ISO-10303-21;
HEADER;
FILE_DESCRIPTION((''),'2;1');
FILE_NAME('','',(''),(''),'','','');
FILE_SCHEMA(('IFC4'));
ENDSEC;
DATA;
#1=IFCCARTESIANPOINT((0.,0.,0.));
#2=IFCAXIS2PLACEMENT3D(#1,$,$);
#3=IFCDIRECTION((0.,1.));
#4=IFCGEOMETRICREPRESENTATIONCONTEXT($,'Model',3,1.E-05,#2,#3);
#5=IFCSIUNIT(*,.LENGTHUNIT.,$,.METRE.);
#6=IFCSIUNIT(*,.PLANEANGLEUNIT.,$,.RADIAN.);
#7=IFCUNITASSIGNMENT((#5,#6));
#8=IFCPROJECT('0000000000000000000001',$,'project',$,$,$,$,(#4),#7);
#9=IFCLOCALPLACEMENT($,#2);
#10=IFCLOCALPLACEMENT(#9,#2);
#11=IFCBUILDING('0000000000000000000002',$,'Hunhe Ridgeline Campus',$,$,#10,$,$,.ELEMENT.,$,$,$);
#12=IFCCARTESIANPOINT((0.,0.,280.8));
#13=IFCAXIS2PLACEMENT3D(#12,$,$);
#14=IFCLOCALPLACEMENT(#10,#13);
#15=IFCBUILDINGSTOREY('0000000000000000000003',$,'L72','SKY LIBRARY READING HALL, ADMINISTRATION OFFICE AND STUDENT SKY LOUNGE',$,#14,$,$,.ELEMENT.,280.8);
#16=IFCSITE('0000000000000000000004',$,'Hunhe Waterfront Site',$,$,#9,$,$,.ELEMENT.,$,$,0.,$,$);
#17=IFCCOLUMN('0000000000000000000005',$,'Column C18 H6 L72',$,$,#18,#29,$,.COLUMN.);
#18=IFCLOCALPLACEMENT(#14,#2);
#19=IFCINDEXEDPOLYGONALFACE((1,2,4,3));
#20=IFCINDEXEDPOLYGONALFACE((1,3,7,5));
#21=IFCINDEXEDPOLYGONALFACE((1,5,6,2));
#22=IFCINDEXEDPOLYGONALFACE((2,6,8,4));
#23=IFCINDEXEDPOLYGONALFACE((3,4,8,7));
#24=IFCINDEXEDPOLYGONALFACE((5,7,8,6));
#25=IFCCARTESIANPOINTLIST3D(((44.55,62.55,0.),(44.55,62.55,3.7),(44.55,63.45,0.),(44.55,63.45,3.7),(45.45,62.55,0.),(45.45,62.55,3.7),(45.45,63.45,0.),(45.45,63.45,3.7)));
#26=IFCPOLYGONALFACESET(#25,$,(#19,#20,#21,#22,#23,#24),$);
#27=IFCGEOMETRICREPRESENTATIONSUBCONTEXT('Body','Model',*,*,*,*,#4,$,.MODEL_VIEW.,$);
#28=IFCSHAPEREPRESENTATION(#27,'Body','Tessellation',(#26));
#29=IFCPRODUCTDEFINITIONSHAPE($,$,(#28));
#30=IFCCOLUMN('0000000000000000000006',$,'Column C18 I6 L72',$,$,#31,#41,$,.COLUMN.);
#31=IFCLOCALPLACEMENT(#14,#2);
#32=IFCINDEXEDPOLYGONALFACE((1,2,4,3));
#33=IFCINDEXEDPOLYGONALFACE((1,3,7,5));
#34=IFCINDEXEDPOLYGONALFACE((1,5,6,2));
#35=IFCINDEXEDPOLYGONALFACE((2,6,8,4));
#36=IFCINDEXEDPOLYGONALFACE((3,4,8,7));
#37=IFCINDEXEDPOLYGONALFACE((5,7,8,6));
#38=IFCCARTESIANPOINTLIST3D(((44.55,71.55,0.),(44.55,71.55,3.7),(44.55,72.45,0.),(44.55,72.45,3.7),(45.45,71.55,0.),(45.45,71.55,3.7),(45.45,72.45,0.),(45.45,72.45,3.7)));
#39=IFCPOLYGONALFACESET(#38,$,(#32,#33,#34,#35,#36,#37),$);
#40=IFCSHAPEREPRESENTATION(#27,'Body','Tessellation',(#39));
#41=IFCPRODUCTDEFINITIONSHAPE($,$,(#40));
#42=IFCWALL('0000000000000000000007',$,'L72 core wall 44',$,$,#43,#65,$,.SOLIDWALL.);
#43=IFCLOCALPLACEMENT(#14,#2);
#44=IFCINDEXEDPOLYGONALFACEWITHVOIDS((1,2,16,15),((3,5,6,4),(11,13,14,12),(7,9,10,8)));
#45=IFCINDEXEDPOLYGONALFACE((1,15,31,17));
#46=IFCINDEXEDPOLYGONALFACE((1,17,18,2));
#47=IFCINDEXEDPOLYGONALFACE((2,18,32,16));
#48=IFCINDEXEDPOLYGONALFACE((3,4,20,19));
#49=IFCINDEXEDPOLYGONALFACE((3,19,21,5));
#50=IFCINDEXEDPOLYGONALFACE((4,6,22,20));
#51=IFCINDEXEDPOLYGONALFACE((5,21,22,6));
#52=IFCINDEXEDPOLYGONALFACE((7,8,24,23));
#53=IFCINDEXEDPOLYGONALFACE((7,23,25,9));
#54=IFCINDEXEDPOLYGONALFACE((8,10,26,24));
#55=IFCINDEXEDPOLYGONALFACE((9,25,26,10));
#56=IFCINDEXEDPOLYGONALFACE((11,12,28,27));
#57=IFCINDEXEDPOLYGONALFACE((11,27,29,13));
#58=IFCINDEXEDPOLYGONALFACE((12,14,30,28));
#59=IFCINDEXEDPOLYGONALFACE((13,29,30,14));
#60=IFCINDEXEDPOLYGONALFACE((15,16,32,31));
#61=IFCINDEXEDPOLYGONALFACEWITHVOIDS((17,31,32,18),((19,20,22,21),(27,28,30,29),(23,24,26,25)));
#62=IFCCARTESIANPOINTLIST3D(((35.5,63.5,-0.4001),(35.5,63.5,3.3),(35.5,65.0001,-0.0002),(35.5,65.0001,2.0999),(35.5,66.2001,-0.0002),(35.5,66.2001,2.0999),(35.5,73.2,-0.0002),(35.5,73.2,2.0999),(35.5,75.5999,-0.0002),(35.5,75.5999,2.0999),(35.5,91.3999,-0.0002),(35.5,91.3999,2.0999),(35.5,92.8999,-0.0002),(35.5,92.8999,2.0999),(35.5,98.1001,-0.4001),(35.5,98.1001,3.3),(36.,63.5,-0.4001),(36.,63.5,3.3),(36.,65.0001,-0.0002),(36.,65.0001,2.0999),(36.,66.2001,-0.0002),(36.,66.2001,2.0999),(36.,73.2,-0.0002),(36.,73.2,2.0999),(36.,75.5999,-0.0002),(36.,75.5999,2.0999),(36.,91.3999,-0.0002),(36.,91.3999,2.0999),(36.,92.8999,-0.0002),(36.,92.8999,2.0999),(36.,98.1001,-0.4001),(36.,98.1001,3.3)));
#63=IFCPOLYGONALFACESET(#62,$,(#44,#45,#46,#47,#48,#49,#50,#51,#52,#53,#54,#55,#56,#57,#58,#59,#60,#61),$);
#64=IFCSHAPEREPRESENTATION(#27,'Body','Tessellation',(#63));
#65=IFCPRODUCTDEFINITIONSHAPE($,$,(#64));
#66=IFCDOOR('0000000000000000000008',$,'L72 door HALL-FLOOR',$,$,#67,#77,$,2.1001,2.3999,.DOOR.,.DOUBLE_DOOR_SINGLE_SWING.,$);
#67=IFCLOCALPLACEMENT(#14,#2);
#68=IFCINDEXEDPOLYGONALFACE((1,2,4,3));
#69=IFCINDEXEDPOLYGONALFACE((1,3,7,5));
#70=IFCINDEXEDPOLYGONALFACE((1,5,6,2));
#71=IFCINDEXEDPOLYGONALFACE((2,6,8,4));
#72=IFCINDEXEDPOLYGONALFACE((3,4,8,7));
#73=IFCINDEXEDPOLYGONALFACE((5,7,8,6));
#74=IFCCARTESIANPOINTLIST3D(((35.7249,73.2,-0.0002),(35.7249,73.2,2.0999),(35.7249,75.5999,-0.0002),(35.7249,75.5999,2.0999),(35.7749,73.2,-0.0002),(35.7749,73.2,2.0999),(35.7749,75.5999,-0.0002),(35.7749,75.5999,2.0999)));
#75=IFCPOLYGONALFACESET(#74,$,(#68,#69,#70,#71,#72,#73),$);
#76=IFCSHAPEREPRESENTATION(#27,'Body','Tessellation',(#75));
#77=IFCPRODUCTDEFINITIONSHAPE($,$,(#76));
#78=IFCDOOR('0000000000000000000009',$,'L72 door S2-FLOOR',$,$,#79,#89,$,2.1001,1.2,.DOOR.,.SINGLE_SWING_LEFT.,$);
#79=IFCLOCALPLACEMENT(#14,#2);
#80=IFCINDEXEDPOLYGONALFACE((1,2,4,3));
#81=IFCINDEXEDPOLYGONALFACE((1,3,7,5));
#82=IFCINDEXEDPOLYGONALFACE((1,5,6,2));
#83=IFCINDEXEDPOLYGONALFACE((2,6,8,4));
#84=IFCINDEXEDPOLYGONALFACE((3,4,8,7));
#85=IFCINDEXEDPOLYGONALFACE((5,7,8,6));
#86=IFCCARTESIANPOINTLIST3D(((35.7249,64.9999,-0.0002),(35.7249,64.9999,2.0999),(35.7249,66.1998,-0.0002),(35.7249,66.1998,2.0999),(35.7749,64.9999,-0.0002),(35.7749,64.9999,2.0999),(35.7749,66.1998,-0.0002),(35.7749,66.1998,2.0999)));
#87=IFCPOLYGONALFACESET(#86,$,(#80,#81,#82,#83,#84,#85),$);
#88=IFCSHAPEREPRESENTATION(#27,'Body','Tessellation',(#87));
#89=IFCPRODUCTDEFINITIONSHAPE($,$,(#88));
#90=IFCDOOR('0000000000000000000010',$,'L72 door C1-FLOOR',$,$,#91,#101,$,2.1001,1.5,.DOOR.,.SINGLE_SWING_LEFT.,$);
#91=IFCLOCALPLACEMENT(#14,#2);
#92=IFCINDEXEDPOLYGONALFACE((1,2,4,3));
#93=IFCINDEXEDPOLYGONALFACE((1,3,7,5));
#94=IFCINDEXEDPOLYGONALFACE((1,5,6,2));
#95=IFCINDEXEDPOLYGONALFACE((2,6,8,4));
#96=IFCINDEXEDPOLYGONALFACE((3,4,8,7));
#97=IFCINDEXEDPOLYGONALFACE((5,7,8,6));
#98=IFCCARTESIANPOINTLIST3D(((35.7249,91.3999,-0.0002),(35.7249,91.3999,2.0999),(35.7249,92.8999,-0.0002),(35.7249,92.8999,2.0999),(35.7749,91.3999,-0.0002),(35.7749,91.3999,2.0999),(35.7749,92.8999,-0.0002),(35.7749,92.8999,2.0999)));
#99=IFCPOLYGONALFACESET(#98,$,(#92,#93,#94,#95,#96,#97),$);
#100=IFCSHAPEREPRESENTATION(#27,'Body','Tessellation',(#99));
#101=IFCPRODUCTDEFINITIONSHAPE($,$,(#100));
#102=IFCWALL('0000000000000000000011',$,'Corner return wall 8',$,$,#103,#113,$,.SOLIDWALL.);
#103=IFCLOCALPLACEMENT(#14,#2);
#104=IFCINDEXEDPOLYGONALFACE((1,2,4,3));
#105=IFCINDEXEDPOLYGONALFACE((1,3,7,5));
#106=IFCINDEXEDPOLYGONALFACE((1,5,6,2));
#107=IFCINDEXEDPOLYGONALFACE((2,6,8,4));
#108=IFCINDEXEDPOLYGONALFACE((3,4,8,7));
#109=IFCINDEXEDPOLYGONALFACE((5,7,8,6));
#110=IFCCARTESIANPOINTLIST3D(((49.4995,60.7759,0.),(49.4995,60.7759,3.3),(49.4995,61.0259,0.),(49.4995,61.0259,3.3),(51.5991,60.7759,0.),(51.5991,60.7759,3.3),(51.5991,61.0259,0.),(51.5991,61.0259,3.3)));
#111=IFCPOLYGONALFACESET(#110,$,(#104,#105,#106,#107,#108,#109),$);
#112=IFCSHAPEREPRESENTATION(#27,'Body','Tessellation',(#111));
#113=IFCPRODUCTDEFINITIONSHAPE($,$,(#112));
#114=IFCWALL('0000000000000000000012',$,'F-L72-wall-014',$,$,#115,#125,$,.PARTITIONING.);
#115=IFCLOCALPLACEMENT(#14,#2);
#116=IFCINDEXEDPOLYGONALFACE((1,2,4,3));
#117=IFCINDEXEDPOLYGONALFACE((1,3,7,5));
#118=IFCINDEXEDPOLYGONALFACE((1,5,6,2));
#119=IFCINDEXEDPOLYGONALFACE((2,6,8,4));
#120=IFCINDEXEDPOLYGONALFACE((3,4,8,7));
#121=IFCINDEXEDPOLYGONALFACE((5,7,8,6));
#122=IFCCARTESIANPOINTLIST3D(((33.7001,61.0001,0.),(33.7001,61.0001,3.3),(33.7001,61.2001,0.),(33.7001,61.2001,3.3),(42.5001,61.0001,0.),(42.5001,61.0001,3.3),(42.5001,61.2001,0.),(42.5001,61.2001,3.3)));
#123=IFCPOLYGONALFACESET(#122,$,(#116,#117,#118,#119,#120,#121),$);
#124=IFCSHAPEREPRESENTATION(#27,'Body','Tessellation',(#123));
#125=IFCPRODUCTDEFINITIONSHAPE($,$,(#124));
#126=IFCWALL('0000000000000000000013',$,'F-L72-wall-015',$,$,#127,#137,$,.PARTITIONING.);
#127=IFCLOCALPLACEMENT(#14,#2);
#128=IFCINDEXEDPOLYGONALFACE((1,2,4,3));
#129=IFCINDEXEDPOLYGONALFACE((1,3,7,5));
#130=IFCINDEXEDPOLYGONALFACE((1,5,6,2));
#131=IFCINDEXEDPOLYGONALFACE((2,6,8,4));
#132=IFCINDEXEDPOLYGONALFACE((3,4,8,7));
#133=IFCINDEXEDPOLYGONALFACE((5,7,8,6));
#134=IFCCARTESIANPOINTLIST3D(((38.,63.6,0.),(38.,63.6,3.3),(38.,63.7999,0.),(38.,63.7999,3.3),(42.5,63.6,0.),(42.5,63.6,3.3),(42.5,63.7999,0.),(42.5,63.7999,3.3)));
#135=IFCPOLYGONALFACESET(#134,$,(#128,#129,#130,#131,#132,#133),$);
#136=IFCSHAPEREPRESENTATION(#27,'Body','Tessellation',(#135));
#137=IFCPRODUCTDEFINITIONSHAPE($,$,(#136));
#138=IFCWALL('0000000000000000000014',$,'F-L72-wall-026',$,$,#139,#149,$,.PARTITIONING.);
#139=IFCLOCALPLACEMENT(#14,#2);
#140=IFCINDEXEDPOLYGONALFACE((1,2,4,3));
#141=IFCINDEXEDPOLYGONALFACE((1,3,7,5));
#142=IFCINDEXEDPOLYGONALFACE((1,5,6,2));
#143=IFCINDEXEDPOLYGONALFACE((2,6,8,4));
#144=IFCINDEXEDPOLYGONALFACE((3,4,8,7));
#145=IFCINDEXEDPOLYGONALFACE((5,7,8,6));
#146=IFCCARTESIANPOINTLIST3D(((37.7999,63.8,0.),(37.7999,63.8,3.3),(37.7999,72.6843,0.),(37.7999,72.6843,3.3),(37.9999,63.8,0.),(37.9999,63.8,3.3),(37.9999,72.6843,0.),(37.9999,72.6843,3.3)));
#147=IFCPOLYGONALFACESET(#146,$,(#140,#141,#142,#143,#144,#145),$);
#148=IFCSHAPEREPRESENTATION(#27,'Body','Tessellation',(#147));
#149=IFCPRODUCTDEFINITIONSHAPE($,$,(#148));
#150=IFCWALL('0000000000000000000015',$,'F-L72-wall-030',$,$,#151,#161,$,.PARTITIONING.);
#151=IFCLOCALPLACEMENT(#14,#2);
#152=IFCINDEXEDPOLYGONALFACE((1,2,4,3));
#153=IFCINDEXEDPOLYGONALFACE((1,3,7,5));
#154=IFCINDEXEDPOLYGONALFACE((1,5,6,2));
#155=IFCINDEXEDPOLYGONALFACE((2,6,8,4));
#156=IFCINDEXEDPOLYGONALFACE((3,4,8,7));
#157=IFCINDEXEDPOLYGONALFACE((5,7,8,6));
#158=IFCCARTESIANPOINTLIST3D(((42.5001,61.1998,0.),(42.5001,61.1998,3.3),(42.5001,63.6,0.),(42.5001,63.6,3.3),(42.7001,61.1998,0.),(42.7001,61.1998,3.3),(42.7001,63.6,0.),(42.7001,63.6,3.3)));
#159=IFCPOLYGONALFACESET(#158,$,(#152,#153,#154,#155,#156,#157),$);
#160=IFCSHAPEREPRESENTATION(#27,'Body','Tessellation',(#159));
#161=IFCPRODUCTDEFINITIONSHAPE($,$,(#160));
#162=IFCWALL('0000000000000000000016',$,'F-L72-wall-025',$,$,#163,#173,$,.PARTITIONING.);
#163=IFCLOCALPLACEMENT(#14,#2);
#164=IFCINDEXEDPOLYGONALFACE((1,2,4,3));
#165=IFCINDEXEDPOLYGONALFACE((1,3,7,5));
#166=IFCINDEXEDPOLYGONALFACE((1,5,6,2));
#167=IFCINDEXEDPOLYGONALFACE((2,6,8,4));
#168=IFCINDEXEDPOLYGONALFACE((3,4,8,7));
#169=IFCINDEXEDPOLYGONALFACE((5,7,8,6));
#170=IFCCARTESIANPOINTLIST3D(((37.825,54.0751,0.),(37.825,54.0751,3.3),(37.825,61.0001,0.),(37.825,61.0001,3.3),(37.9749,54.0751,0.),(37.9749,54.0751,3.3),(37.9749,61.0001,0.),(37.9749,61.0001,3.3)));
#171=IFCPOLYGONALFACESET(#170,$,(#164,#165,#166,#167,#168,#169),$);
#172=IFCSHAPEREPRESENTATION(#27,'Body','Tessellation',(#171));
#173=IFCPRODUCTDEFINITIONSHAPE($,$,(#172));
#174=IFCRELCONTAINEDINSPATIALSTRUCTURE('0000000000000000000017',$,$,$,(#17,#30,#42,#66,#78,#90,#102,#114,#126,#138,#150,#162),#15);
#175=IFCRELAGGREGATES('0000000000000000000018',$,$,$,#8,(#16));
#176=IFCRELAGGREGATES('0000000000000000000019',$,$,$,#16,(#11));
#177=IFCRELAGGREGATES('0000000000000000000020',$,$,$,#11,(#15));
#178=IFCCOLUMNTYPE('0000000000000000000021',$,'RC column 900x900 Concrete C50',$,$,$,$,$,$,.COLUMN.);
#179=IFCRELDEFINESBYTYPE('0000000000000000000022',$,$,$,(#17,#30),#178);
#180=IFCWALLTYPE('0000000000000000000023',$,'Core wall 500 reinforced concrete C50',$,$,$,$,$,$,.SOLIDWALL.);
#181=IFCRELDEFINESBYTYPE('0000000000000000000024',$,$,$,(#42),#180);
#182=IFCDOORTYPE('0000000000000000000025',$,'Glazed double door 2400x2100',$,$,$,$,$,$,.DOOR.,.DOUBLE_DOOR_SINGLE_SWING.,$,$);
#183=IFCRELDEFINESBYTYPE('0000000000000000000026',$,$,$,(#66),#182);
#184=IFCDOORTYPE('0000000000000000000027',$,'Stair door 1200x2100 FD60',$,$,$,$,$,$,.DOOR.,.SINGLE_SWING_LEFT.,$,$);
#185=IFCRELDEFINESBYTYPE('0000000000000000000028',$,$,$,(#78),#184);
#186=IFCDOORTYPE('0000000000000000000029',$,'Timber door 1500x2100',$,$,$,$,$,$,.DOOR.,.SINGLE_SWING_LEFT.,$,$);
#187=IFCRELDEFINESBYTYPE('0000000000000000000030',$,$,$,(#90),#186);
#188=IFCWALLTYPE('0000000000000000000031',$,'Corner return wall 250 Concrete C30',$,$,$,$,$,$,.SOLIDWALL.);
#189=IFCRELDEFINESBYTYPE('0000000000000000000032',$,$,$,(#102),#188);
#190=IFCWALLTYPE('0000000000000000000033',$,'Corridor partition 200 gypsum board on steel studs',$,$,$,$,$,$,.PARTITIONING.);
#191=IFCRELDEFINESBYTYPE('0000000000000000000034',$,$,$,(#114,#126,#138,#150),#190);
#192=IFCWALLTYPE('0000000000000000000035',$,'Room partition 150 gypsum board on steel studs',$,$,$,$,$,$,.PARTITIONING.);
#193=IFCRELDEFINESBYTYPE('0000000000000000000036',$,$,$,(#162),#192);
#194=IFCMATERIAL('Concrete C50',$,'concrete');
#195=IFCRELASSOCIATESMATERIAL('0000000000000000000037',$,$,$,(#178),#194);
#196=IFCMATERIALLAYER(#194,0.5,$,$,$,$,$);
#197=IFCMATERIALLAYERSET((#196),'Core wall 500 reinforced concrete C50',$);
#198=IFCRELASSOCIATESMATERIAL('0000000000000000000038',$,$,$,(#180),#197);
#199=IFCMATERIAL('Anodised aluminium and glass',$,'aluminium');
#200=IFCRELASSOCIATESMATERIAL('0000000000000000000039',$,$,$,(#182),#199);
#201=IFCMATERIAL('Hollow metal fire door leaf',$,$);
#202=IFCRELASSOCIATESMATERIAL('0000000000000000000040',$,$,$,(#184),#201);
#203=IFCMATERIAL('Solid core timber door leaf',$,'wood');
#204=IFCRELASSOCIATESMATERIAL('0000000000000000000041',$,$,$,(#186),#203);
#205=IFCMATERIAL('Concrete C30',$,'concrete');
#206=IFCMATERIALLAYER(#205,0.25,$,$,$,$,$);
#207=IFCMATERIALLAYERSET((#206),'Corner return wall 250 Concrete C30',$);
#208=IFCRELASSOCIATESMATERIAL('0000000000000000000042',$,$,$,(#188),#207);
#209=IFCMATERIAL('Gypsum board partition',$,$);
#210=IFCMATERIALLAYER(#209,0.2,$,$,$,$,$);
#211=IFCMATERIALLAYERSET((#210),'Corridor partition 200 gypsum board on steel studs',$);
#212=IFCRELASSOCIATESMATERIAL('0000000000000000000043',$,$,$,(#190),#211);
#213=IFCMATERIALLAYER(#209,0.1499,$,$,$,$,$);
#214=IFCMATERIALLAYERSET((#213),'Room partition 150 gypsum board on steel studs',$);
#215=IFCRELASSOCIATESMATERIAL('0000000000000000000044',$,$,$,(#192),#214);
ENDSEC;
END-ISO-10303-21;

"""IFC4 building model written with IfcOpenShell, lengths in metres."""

from ifc_helpers import new_model, si_unit, direction, frame, frame_2d, origin, origin_2d, place, context, subcontext, project, spatial, rectangle, extrude, material, layer, layer_set, material_profile, profile_set, type_object, element, fill, save


model = new_model("IFC4")

# Units and contexts
model_context = context("Model", 3, precision=1e-05, world=origin(), true_north=direction((0.0, 1.0)))
body_context = subcontext(model_context, "Body", "Model", "MODEL_VIEW")
ifc_project = project(units=[si_unit("LENGTHUNIT", "METRE"), si_unit("PLANEANGLEUNIT", "RADIAN")], contexts=[model_context])

# Site, building, storey
site_placement = place(None, origin())
site = spatial("IfcSite", under=ifc_project, at=site_placement, Name="Hunhe Waterfront Site", CompositionType="ELEMENT", RefElevation=0.0)
building_placement = place(site_placement, origin())
building = spatial("IfcBuilding", under=site, at=building_placement, Name="Hunhe Ridgeline Campus", CompositionType="ELEMENT")
storey_placement = place(building_placement, frame((0.0, 0.0, 280.8)))
storey = spatial("IfcBuildingStorey", under=building, at=storey_placement, Name="L72", Description="SKY LIBRARY READING HALL, ADMINISTRATION OFFICE AND STUDENT SKY LOUNGE", CompositionType="ELEMENT", Elevation=280.8)

# Columns
ifc_material_1 = material(Name="Concrete C50", Category="concrete")
ifc_material_profile = material_profile(ifc_material_1, rectangle(XDim=0.8999, YDim=0.8999, at=origin_2d()))
ifc_profile_set = profile_set([ifc_material_profile], Name="Concrete C50")
column_type = type_object("IfcColumnType", Name="RC column 900x900 Concrete C50", PredefinedType="COLUMN", material=ifc_profile_set)
for number, where, z_axis, x_axis, name in (
    (1, (45.0, 63.0, 0.0), (0.0, 0.0, 1.0), (1.0, 0.0, 0.0), "Column C18 H6 L72"),
    (2, (45.0, 72.0, 0.0), (0.0, 0.0, 1.0), (1.0, 0.0, 0.0), "Column C18 I6 L72"),
):
    element("IfcColumn", number, at=place(storey_placement, frame(where, z_axis=z_axis, x_axis=x_axis)), inside=storey, type_object=column_type, Name=name, PredefinedType="COLUMN", context=body_context, shape_type="SweptSolid", body=[
        extrude(rectangle(XDim=0.8999, YDim=0.8999, at=origin_2d()), origin(), (0.0, 0.0, 1.0), 3.7),
    ])

# Wall, openings, doors
ifc_layer_1 = layer(ifc_material_1, 0.5)
ifc_layer_set_1 = layer_set([ifc_layer_1], Name="Core wall 500 reinforced concrete C50")
wall_type_1 = type_object("IfcWallType", Name="Core wall 500 reinforced concrete C50", PredefinedType="SOLIDWALL", material=ifc_layer_set_1)
wall_1_placement = place(storey_placement, frame((35.75, 63.5, -0.4001), z_axis=(0.0, 0.0, 1.0), x_axis=(0.0, 1.0, 0.0)))
wall_1 = element("IfcWall", 3, at=wall_1_placement, inside=storey, type_object=wall_type_1, Name="L72 core wall 44", PredefinedType="SOLIDWALL", context=body_context, shape_type="SweptSolid", body=[
    extrude(rectangle(XDim=34.6001, YDim=0.5, at=frame_2d((17.3, 0.0))), origin(), (0.0, 0.0, 1.0), 3.7002),
])
opening_1_placement = place(wall_1_placement, frame((9.7, 0.0, 0.3999)))
opening_1 = element("IfcOpeningElement", 4, at=opening_1_placement, cuts=wall_1, PredefinedType="OPENING", context=body_context, shape_type="SweptSolid", body=[
    extrude(rectangle(XDim=2.3999, YDim=2.1001, at=frame_2d((1.2, 1.05))), frame((0.0, 0.25, 0.0), z_axis=(0.0, -1.0, 0.0), x_axis=(1.0, 0.0, 0.0)), (0.0, 0.0, 1.0), 0.5),
])
opening_2_placement = place(wall_1_placement, frame((27.8999, 0.0, 0.3999)))
opening_2 = element("IfcOpeningElement", 5, at=opening_2_placement, cuts=wall_1, PredefinedType="OPENING", context=body_context, shape_type="SweptSolid", body=[
    extrude(rectangle(XDim=1.5, YDim=2.1001, at=frame_2d((0.75, 1.05))), frame((0.0, 0.25, 0.0), z_axis=(0.0, -1.0, 0.0), x_axis=(1.0, 0.0, 0.0)), (0.0, 0.0, 1.0), 0.5),
])
opening_3_placement = place(wall_1_placement, frame((1.5, 0.0, 0.3999)))
opening_3 = element("IfcOpeningElement", 6, at=opening_3_placement, cuts=wall_1, PredefinedType="OPENING", context=body_context, shape_type="SweptSolid", body=[
    extrude(rectangle(XDim=1.2, YDim=2.1001, at=frame_2d((0.6001, 1.05))), frame((0.0, 0.25, 0.0), z_axis=(0.0, -1.0, 0.0), x_axis=(1.0, 0.0, 0.0)), (0.0, 0.0, 1.0), 0.5),
])
ifc_material_2 = material(Name="Anodised aluminium and glass", Category="aluminium")
door_type_1 = type_object("IfcDoorType", Name="Glazed double door 2400x2100", OperationType="DOUBLE_DOOR_SINGLE_SWING", PredefinedType="DOOR", material=ifc_material_2)
door_1_placement = place(opening_1_placement, frame((2.3999, 0.0, 0.0), z_axis=(0.0, 0.0, 1.0), x_axis=(-1.0, 0.0, 0.0)))
door_1 = element("IfcDoor", 7, at=door_1_placement, inside=storey, type_object=door_type_1, Name="L72 door HALL-FLOOR", OperationType="DOUBLE_DOOR_SINGLE_SWING", OverallHeight=2.1001, OverallWidth=2.3999, PredefinedType="DOOR", context=body_context, shape_type="SweptSolid", body=[
    extrude(rectangle(XDim=2.3999, YDim=2.1001, at=frame_2d((1.2, 1.05))), frame((0.0, 0.0249, 0.0), z_axis=(0.0, -1.0, 0.0), x_axis=(1.0, 0.0, 0.0)), (0.0, 0.0, 1.0), 0.05),
])
fill(opening_1, door_1)
ifc_material_3 = material(Name="Hollow metal fire door leaf")
door_type_2 = type_object("IfcDoorType", Name="Stair door 1200x2100 FD60", OperationType="SINGLE_SWING_LEFT", PredefinedType="DOOR", material=ifc_material_3)
door_2_placement = place(opening_3_placement, frame((1.2, 0.0, 0.0), z_axis=(0.0, 0.0, 1.0), x_axis=(-1.0, 0.0, 0.0)))
door_2 = element("IfcDoor", 8, at=door_2_placement, inside=storey, type_object=door_type_2, Name="L72 door S2-FLOOR", OperationType="SINGLE_SWING_LEFT", OverallHeight=2.1001, OverallWidth=1.2, PredefinedType="DOOR", context=body_context, shape_type="SweptSolid", body=[
    extrude(rectangle(XDim=1.2, YDim=2.1001, at=frame_2d((0.6001, 1.05))), frame((0.0, 0.0249, 0.0), z_axis=(0.0, -1.0, 0.0), x_axis=(1.0, 0.0, 0.0)), (0.0, 0.0, 1.0), 0.05),
])
fill(opening_3, door_2)
ifc_material_4 = material(Name="Solid core timber door leaf", Category="wood")
door_type_3 = type_object("IfcDoorType", Name="Timber door 1500x2100", OperationType="SINGLE_SWING_LEFT", PredefinedType="DOOR", material=ifc_material_4)
door_3_placement = place(opening_2_placement, frame((1.5, 0.0, 0.0), z_axis=(0.0, 0.0, 1.0), x_axis=(-1.0, 0.0, 0.0)))
door_3 = element("IfcDoor", 9, at=door_3_placement, inside=storey, type_object=door_type_3, Name="L72 door C1-FLOOR", OperationType="SINGLE_SWING_LEFT", OverallHeight=2.1001, OverallWidth=1.5, PredefinedType="DOOR", context=body_context, shape_type="SweptSolid", body=[
    extrude(rectangle(XDim=1.5, YDim=2.1001, at=frame_2d((0.75, 1.05))), frame((0.0, 0.0249, 0.0), z_axis=(0.0, -1.0, 0.0), x_axis=(1.0, 0.0, 0.0)), (0.0, 0.0, 1.0), 0.05),
])
fill(opening_2, door_3)

# Wall
ifc_material_5 = material(Name="Concrete C30", Category="concrete")
ifc_layer_2 = layer(ifc_material_5, 0.25)
ifc_layer_set_2 = layer_set([ifc_layer_2], Name="Corner return wall 250 Concrete C30")
wall_type_2 = type_object("IfcWallType", Name="Corner return wall 250 Concrete C30", PredefinedType="SOLIDWALL", material=ifc_layer_set_2)
wall_2_placement = place(storey_placement, frame((49.4995, 60.9009, 0.0), z_axis=(0.0, 0.0, 1.0), x_axis=(1.0, 0.0, 0.0)))
element("IfcWall", 10, at=wall_2_placement, inside=storey, type_object=wall_type_2, Name="Corner return wall 8", PredefinedType="SOLIDWALL", context=body_context, shape_type="SweptSolid", body=[
    extrude(rectangle(XDim=2.0996, YDim=0.25, at=frame_2d((1.0498, 0.0))), origin(), (0.0, 0.0, 1.0), 3.3),
])

# Shared definitions
ifc_material_6 = material(Name="Gypsum board partition")
ifc_layer_3 = layer(ifc_material_6, 0.2)
ifc_layer_set_3 = layer_set([ifc_layer_3], Name="Corridor partition 200 gypsum board on steel studs")
wall_type_3 = type_object("IfcWallType", Name="Corridor partition 200 gypsum board on steel studs", PredefinedType="PARTITIONING", material=ifc_layer_set_3)

# Walls
wall_3_placement = place(storey_placement, frame((42.5, 61.1001, 0.0), z_axis=(0.0, 0.0, 1.0), x_axis=(-1.0, 0.0, 0.0)))
element("IfcWall", 11, at=wall_3_placement, inside=storey, type_object=wall_type_3, Name="F-L72-wall-014", PredefinedType="PARTITIONING", context=body_context, shape_type="SweptSolid", body=[
    extrude(rectangle(XDim=8.8, YDim=0.2, at=frame_2d((4.3999, 0.0))), origin(), (0.0, 0.0, 1.0), 3.3),
])
wall_4_placement = place(storey_placement, frame((38.0, 63.7, 0.0), z_axis=(0.0, 0.0, 1.0), x_axis=(1.0, 0.0, 0.0)))
element("IfcWall", 12, at=wall_4_placement, inside=storey, type_object=wall_type_3, Name="F-L72-wall-015", PredefinedType="PARTITIONING", context=body_context, shape_type="SweptSolid", body=[
    extrude(rectangle(XDim=4.5, YDim=0.2, at=frame_2d((2.25, 0.0))), origin(), (0.0, 0.0, 1.0), 3.3),
])

# Walls
wall_5_placement = place(storey_placement, frame((37.8999, 72.6843, 0.0), z_axis=(0.0, 0.0, 1.0), x_axis=(0.0, -1.0, 0.0)))
element("IfcWall", 13, at=wall_5_placement, inside=storey, type_object=wall_type_3, Name="F-L72-wall-026", PredefinedType="PARTITIONING", context=body_context, shape_type="SweptSolid", body=[
    extrude(rectangle(XDim=8.8843, YDim=0.2, at=frame_2d((4.4421, 0.0))), origin(), (0.0, 0.0, 1.0), 3.3),
])
wall_6_placement = place(storey_placement, frame((42.6001, 63.6001, 0.0), z_axis=(0.0, 0.0, 1.0), x_axis=(0.0, -1.0, 0.0)))
element("IfcWall", 14, at=wall_6_placement, inside=storey, type_object=wall_type_3, Name="F-L72-wall-030", PredefinedType="PARTITIONING", context=body_context, shape_type="SweptSolid", body=[
    extrude(rectangle(XDim=2.4001, YDim=0.2, at=frame_2d((1.2002, 0.0))), origin(), (0.0, 0.0, 1.0), 3.3),
])
ifc_layer_4 = layer(ifc_material_6, 0.1499)
ifc_layer_set_4 = layer_set([ifc_layer_4], Name="Room partition 150 gypsum board on steel studs")
wall_type_4 = type_object("IfcWallType", Name="Room partition 150 gypsum board on steel studs", PredefinedType="PARTITIONING", material=ifc_layer_set_4)
wall_7_placement = place(storey_placement, frame((37.8999, 61.0, 0.0), z_axis=(0.0, 0.0, 1.0), x_axis=(0.0, -1.0, 0.0)))
element("IfcWall", 15, at=wall_7_placement, inside=storey, type_object=wall_type_4, Name="F-L72-wall-025", PredefinedType="PARTITIONING", context=body_context, shape_type="SweptSolid", body=[
    extrude(rectangle(XDim=6.925, YDim=0.1499, at=frame_2d((3.4624, 0.0))), origin(), (0.0, 0.0, 1.0), 3.3),
])

save(model, "model.ifc")
